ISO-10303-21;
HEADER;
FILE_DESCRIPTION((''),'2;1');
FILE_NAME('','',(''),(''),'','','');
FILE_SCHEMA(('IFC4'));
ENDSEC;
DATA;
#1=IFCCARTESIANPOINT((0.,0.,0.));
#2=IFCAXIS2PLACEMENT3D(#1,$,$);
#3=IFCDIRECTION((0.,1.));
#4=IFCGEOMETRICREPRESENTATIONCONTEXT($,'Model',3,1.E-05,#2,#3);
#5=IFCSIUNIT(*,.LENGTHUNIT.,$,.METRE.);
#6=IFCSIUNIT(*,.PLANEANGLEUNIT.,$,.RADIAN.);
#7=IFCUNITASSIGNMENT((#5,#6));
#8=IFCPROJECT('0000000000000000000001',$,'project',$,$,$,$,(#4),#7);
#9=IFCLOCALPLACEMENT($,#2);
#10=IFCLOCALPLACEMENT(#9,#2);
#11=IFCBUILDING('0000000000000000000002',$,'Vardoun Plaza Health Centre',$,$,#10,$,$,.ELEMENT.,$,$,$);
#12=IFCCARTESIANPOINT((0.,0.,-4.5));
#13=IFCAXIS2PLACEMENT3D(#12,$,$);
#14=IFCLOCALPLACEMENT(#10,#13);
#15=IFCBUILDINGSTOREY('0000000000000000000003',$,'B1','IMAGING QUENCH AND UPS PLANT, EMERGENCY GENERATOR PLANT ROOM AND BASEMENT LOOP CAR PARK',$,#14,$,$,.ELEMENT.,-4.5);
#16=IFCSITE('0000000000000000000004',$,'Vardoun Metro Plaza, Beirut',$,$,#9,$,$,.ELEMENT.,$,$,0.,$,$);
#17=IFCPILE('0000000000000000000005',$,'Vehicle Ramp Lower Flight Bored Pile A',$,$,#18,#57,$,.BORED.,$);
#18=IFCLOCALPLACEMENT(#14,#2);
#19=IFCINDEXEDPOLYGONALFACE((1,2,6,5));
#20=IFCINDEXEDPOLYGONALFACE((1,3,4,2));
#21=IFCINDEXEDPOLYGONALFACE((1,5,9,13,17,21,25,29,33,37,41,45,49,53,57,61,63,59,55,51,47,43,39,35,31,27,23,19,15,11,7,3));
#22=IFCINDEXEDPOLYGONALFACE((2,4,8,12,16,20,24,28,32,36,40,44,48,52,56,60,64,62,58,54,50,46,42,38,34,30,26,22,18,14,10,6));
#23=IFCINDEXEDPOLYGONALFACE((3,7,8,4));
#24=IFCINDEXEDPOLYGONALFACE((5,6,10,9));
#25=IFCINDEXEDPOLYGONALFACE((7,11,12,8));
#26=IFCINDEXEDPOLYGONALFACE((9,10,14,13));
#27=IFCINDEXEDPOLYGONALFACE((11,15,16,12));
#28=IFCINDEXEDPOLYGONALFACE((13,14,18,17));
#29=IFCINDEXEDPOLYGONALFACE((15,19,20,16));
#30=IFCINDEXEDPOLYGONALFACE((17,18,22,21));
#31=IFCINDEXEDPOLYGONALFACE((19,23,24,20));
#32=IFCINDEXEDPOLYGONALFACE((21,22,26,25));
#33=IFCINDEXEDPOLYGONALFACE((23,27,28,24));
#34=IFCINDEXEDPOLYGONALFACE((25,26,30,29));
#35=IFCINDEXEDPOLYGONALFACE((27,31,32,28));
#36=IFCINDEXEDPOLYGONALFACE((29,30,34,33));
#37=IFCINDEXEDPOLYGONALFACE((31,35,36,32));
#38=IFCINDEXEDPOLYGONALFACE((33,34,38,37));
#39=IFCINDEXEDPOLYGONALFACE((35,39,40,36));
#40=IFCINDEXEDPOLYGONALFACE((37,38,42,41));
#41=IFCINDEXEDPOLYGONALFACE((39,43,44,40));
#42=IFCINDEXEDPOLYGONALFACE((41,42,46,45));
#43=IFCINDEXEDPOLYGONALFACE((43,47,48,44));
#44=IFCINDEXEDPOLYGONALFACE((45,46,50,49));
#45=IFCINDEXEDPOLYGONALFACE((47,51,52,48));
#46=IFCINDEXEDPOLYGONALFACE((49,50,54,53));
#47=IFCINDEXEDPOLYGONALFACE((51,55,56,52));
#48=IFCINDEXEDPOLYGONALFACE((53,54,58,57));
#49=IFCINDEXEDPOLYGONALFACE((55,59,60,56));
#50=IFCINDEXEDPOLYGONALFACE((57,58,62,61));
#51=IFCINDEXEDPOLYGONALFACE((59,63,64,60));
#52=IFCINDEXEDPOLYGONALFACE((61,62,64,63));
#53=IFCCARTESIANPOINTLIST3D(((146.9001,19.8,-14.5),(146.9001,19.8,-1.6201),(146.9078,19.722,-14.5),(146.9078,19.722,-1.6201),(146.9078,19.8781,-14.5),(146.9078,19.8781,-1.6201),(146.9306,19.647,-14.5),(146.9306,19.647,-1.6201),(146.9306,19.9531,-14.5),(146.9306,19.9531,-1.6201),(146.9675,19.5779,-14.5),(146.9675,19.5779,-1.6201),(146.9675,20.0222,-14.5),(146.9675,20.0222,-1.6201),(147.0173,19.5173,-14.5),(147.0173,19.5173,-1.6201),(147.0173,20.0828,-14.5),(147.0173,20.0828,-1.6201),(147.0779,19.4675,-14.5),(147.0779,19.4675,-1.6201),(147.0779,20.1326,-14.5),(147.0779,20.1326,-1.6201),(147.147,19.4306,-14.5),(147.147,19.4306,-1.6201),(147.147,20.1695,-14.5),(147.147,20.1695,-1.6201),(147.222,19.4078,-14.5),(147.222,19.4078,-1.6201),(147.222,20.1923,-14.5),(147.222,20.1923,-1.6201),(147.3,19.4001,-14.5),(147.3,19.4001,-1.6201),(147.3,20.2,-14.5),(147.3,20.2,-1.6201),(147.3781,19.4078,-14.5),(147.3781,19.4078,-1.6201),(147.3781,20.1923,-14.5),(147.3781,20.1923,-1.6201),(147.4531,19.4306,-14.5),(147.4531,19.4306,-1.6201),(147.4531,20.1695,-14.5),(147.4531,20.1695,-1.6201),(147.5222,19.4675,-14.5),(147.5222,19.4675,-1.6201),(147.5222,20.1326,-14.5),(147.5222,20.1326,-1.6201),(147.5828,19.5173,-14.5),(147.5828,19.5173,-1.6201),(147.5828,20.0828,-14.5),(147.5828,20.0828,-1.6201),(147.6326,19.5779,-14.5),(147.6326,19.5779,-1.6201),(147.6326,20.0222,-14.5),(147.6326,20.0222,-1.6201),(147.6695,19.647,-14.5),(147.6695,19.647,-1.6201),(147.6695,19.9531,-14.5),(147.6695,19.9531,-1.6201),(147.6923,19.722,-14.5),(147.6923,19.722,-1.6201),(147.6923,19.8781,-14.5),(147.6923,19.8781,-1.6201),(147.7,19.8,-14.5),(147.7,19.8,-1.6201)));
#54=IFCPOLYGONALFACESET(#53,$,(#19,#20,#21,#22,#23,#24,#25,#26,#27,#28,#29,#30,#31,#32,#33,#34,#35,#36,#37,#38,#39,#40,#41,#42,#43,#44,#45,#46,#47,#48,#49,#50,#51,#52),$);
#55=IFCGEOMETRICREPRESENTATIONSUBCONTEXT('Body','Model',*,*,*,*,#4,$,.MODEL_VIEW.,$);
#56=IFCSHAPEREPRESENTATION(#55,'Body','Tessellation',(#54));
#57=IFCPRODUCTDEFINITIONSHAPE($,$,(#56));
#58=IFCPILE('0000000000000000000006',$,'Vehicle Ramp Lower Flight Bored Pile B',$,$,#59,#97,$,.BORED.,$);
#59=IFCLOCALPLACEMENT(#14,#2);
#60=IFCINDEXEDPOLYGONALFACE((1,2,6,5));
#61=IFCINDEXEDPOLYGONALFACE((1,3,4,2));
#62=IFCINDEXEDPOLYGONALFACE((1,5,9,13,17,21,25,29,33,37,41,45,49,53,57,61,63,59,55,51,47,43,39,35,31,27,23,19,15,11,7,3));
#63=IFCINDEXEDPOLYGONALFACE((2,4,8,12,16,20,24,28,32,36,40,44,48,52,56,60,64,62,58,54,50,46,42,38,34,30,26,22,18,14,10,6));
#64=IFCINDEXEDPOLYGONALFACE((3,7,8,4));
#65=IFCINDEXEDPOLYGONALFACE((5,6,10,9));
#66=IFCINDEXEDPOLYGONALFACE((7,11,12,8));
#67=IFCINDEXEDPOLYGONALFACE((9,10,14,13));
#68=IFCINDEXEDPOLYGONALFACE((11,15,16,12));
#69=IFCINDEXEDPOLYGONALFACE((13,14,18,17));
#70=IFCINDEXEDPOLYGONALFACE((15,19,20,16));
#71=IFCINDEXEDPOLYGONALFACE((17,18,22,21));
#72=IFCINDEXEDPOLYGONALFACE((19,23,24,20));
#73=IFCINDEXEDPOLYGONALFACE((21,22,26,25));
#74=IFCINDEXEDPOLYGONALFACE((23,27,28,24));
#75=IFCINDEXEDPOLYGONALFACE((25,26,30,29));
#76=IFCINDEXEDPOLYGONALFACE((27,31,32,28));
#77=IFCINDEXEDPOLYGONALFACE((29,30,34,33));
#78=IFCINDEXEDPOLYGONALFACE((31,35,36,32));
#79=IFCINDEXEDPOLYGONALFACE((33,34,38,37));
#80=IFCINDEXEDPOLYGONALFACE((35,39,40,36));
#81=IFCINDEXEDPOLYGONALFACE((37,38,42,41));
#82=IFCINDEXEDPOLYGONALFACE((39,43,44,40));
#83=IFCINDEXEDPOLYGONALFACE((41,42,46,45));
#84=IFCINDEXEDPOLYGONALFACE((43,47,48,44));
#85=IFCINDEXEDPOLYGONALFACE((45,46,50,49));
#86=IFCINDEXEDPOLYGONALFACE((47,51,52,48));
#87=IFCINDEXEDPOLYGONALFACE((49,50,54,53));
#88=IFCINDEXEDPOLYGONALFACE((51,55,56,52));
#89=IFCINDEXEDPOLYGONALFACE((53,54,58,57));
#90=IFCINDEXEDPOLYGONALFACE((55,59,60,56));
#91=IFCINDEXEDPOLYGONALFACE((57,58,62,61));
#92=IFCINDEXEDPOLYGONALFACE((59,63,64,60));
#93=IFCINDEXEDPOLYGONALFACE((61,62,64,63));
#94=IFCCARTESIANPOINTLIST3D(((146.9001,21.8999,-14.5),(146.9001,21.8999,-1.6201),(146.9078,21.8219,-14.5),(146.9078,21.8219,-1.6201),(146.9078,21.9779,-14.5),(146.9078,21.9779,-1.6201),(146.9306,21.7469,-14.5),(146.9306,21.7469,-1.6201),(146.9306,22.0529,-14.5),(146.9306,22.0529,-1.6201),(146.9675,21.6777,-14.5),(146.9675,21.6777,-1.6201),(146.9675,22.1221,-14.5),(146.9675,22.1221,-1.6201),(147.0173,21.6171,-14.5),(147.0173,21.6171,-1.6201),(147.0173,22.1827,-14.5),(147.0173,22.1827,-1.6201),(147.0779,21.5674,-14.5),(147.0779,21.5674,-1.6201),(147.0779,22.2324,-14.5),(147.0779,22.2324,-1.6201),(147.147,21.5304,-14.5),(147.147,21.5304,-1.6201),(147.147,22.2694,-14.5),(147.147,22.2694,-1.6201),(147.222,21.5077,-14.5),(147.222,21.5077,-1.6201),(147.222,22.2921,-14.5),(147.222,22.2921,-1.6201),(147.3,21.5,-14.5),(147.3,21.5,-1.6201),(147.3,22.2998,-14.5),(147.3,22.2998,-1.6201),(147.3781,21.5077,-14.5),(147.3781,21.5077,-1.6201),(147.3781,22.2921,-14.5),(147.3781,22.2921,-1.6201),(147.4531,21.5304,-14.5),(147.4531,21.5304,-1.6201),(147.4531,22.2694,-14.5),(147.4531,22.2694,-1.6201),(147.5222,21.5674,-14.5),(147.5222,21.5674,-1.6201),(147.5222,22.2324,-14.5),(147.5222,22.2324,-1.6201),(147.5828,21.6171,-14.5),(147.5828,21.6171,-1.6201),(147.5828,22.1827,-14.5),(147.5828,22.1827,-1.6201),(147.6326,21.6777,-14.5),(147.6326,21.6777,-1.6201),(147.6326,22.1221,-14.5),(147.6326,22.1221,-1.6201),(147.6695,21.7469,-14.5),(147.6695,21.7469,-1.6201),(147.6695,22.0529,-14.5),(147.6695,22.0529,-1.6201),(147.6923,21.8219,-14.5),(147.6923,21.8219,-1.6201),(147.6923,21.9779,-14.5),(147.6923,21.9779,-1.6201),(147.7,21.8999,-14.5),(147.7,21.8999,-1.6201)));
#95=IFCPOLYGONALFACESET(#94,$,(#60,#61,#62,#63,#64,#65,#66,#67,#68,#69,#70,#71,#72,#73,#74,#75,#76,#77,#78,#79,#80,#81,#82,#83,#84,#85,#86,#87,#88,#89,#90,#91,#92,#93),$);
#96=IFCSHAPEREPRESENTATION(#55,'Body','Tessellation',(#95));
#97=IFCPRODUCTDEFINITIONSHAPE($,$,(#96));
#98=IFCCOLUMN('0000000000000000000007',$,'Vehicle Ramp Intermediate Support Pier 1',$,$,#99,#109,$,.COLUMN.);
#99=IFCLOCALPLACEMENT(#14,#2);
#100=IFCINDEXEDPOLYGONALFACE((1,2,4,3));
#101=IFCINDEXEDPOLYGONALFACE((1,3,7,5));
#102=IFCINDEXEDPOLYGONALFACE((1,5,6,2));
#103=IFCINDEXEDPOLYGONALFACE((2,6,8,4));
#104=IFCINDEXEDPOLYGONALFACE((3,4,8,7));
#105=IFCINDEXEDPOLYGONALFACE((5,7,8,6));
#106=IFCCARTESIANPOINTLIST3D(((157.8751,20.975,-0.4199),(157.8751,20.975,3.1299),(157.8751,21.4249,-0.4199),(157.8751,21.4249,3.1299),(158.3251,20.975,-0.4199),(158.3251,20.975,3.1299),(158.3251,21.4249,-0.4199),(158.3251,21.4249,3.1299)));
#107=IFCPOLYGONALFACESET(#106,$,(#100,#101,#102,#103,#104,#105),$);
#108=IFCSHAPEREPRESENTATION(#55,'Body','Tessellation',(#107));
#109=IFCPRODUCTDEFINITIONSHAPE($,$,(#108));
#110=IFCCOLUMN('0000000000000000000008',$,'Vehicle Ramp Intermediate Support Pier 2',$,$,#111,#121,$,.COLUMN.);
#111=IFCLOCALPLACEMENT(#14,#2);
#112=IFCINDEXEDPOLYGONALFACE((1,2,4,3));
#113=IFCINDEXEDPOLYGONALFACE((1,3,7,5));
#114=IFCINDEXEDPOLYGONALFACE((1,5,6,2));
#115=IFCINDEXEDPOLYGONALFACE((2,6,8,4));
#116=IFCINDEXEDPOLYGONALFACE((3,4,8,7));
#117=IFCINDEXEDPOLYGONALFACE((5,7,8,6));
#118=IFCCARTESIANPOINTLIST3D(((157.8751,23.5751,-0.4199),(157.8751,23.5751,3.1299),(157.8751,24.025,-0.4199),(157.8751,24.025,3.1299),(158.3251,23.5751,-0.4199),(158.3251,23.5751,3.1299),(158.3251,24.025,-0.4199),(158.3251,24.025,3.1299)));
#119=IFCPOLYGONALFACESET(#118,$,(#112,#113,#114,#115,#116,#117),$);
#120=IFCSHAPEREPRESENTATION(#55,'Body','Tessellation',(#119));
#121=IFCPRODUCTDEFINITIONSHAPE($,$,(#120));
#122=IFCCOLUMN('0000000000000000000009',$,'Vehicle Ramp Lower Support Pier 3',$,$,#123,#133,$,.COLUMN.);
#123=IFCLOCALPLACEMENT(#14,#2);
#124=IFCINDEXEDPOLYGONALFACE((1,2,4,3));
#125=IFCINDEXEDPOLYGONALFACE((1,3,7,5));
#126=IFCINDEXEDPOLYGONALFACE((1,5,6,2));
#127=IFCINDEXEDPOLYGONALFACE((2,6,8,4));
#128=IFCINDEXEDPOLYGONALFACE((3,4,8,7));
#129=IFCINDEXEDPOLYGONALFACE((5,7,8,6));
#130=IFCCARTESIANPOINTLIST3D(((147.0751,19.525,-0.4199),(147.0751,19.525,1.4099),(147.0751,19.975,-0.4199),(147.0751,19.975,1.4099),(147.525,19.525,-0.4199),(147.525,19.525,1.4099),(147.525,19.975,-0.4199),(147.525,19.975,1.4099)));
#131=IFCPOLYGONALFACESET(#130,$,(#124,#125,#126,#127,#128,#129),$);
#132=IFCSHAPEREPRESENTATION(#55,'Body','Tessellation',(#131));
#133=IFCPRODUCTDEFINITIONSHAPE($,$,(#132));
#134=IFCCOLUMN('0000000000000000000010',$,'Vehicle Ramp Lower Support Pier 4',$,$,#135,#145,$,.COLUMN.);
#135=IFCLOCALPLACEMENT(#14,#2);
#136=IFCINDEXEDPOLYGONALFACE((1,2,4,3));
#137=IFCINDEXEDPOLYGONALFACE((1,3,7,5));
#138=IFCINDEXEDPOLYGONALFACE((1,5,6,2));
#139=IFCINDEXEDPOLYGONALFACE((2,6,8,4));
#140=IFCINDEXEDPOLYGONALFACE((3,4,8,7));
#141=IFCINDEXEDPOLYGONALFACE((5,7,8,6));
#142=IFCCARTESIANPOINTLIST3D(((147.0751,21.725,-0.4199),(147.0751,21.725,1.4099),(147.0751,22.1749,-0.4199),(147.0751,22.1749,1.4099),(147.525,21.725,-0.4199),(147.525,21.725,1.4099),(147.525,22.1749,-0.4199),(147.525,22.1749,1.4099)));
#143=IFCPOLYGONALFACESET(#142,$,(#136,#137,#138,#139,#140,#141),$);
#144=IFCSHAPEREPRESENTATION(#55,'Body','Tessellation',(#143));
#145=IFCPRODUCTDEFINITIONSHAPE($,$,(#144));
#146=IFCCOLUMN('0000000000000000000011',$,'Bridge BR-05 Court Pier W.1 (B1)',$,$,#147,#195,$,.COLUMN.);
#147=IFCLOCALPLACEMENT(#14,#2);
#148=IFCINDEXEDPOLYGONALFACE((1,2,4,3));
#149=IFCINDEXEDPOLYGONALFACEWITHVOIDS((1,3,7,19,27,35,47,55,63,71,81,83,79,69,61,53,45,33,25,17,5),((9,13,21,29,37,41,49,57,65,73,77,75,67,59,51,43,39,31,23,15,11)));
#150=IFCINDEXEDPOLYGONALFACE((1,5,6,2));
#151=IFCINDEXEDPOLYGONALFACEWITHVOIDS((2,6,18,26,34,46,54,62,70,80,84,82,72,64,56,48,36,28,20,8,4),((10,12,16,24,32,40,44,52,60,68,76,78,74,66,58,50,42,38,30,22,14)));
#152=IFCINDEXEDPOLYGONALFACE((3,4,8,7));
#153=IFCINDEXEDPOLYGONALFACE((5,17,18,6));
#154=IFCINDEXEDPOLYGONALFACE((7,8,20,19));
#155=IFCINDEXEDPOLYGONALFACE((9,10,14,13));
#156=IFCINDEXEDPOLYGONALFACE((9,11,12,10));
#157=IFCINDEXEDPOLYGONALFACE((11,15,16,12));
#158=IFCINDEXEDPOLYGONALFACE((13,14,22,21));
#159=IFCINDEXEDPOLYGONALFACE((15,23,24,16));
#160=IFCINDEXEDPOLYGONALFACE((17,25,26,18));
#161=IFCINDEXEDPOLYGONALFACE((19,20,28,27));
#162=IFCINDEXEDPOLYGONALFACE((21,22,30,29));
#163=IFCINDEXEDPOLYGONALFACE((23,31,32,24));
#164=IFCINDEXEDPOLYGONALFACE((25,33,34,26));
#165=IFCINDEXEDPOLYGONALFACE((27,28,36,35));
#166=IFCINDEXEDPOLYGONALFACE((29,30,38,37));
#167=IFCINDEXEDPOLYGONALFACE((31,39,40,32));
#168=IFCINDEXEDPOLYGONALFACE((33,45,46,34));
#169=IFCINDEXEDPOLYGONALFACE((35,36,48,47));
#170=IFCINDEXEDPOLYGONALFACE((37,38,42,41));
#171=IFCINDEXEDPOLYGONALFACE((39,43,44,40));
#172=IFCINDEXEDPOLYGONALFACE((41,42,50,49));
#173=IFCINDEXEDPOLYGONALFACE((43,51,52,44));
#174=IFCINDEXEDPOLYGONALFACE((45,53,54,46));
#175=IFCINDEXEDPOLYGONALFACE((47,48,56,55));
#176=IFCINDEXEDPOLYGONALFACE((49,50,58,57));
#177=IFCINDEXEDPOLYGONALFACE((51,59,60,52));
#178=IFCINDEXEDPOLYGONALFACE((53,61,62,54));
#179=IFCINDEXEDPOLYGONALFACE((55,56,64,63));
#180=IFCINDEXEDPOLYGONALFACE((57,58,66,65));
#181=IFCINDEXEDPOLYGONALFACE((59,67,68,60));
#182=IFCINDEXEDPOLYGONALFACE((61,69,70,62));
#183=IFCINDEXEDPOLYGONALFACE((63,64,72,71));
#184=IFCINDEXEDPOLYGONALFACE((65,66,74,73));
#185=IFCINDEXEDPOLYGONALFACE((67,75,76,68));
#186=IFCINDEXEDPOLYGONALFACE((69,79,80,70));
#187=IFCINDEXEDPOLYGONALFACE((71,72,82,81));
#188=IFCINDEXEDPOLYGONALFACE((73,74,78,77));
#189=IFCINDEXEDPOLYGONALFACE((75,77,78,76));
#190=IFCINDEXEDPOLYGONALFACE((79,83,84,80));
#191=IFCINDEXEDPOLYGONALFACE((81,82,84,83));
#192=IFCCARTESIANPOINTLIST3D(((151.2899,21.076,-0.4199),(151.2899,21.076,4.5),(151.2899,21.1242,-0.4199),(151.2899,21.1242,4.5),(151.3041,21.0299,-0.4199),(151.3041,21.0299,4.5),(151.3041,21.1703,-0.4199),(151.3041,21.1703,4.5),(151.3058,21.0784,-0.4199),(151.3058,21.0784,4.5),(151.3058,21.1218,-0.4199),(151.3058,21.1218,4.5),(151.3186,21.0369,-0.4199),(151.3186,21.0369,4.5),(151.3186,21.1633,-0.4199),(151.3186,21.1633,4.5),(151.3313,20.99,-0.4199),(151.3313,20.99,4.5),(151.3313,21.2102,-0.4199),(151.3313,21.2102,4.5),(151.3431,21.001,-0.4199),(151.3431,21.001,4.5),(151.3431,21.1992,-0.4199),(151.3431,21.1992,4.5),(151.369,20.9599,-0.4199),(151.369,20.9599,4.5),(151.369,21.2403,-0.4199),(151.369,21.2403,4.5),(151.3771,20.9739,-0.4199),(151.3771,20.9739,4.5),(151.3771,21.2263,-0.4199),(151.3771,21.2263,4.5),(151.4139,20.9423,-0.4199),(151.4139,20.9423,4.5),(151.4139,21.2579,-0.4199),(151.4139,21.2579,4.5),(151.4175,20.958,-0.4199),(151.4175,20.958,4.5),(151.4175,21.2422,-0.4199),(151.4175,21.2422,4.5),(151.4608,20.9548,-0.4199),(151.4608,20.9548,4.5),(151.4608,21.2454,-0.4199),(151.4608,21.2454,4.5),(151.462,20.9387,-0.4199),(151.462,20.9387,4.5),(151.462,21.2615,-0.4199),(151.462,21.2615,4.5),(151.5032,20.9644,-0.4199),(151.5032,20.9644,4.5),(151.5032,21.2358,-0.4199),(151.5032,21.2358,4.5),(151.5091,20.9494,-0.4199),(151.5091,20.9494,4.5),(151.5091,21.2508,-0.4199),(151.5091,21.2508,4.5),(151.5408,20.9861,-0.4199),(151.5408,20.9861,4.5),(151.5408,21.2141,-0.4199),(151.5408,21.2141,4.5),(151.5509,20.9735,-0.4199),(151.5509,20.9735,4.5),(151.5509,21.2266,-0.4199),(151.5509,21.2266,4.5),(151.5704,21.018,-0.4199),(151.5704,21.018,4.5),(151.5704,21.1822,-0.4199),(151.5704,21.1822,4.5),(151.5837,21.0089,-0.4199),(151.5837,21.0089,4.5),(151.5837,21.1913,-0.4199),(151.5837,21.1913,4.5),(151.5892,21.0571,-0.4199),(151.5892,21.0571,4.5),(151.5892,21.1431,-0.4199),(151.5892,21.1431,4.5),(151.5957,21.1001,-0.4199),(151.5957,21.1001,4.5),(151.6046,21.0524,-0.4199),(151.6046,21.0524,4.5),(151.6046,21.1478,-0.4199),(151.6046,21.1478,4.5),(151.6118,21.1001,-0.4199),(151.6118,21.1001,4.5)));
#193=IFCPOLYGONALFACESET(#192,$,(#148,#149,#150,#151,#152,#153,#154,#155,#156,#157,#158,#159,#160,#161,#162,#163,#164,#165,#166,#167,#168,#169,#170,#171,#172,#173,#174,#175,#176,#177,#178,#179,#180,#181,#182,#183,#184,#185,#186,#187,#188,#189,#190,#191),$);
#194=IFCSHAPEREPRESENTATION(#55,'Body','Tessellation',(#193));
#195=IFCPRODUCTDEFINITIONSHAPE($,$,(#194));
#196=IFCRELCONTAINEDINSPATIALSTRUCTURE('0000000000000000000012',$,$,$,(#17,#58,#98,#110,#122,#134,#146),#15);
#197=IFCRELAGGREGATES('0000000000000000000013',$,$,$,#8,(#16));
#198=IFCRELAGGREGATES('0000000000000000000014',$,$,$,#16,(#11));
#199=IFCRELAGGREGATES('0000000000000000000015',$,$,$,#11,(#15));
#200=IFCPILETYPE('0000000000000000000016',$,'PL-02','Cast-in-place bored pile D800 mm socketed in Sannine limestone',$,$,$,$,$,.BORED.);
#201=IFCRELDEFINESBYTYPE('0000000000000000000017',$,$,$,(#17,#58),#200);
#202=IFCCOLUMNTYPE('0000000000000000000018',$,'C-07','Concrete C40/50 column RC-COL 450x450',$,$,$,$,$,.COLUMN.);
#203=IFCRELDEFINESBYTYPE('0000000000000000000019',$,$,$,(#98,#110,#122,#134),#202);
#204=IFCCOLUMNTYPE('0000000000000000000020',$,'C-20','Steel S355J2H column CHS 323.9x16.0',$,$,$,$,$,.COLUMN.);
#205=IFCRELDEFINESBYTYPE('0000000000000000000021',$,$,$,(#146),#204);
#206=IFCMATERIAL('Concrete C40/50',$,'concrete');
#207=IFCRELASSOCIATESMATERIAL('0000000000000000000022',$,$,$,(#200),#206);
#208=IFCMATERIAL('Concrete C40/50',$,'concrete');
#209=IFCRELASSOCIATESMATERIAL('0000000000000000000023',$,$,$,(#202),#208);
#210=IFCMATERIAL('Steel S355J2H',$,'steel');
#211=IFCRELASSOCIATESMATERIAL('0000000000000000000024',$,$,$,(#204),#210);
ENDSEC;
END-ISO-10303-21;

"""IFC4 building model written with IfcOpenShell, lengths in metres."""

from ifc_helpers import new_model, si_unit, direction, frame, origin, origin_2d, place, context, subcontext, project, spatial, rectangle, circle, hollow_circle, extrude, material, material_profile, profile_set, type_object, element, save


model = new_model("IFC4")

# Units and contexts
model_context = context("Model", 3, precision=1e-05, world=origin(), true_north=direction((0.0, 1.0)))
body_context = subcontext(model_context, "Body", "Model", "MODEL_VIEW")
ifc_project = project(units=[si_unit("LENGTHUNIT", "METRE"), si_unit("PLANEANGLEUNIT", "RADIAN")], contexts=[model_context])

# Site, building, storey
site_placement = place(None, origin())
site = spatial("IfcSite", under=ifc_project, at=site_placement, Name="Vardoun Metro Plaza, Beirut", CompositionType="ELEMENT", RefElevation=0.0)
building_placement = place(site_placement, origin())
building = spatial("IfcBuilding", under=site, at=building_placement, Name="Vardoun Plaza Health Centre", CompositionType="ELEMENT")
storey_placement = place(building_placement, frame((0.0, 0.0, -4.5)))
storey = spatial("IfcBuildingStorey", under=building, at=storey_placement, Name="B1", Description="IMAGING QUENCH AND UPS PLANT, EMERGENCY GENERATOR PLANT ROOM AND BASEMENT LOOP CAR PARK", CompositionType="ELEMENT", Elevation=-4.5)

# Piles
ifc_material_1 = material(Name="Concrete C40/50", Category="concrete")
ifc_material_profile_1 = material_profile(ifc_material_1, circle(Radius=0.3999, at=origin_2d()), Name="PILE D800")
ifc_profile_set_1 = profile_set([ifc_material_profile_1], Name="Concrete C40/50")
pile_type = type_object("IfcPileType", Name="PL-02", Description="Cast-in-place bored pile D800 mm socketed in Sannine limestone", PredefinedType="BORED", material=ifc_profile_set_1)
for number, where, z_axis, x_axis, name in (
    (1, (147.3, 19.8, -1.6201), (0.0, 0.0, -1.0), (1.0, 0.0, 0.0), "Vehicle Ramp Lower Flight Bored Pile A"),
    (2, (147.3, 21.8999, -1.6201), (0.0, 0.0, -1.0), (1.0, 0.0, 0.0), "Vehicle Ramp Lower Flight Bored Pile B"),
):
    element("IfcPile", number, at=place(storey_placement, frame(where, z_axis=z_axis, x_axis=x_axis)), inside=storey, type_object=pile_type, Name=name, PredefinedType="BORED", context=body_context, shape_type="SweptSolid", body=[
        extrude(circle(Radius=0.3999, at=origin_2d()), origin(), (0.0, 0.0, 1.0), 12.8799),
    ])

# Columns
ifc_material_2 = material(Name="Concrete C40/50", Category="concrete")
ifc_material_profile_2 = material_profile(ifc_material_2, rectangle(XDim=0.45, YDim=0.45, at=origin_2d()), Name="RC-COL 450x450")
ifc_profile_set_2 = profile_set([ifc_material_profile_2], Name="Concrete C40/50")
column_type_1 = type_object("IfcColumnType", Name="C-07", Description="Concrete C40/50 column RC-COL 450x450", PredefinedType="COLUMN", material=ifc_profile_set_2)
for number, where, z_axis, x_axis, name in (
    (3, (158.1001, 21.2, -0.4199), (0.0, 0.0, 1.0), (1.0, 0.0, 0.0), "Vehicle Ramp Intermediate Support Pier 1"),
    (4, (158.1001, 23.8, -0.4199), (0.0, 0.0, 1.0), (1.0, 0.0, 0.0), "Vehicle Ramp Intermediate Support Pier 2"),
):
    element("IfcColumn", number, at=place(storey_placement, frame(where, z_axis=z_axis, x_axis=x_axis)), inside=storey, type_object=column_type_1, Name=name, PredefinedType="COLUMN", context=body_context, shape_type="SweptSolid", body=[
        extrude(rectangle(XDim=0.45, YDim=0.45, at=origin_2d()), origin(), (0.0, 0.0, 1.0), 3.5498),
    ])
for number, where, z_axis, x_axis, name in (
    (5, (147.3, 19.75, -0.4199), (0.0, 0.0, 1.0), (1.0, 0.0, 0.0), "Vehicle Ramp Lower Support Pier 3"),
    (6, (147.3, 21.95, -0.4199), (0.0, 0.0, 1.0), (1.0, 0.0, 0.0), "Vehicle Ramp Lower Support Pier 4"),
):
    element("IfcColumn", number, at=place(storey_placement, frame(where, z_axis=z_axis, x_axis=x_axis)), inside=storey, type_object=column_type_1, Name=name, PredefinedType="COLUMN", context=body_context, shape_type="SweptSolid", body=[
        extrude(rectangle(XDim=0.45, YDim=0.45, at=origin_2d()), origin(), (0.0, 0.0, 1.0), 1.8298),
    ])
ifc_material_3 = material(Name="Steel S355J2H", Category="steel")
ifc_material_profile_3 = material_profile(ifc_material_3, hollow_circle(Radius=0.1619, WallThickness=0.0161, at=origin_2d()), Name="CHS 323.9x16.0")
ifc_profile_set_3 = profile_set([ifc_material_profile_3], Name="Steel S355J2H")
column_type_2 = type_object("IfcColumnType", Name="C-20", Description="Steel S355J2H column CHS 323.9x16.0", PredefinedType="COLUMN", material=ifc_profile_set_3)
for number, where, z_axis, x_axis, name in (
    (7, (151.45, 21.1001, -0.4199), (0.0, 0.0, 1.0), (1.0, 0.0, 0.0), "Bridge BR-05 Court Pier W.1 (B1)"),
):
    element("IfcColumn", number, at=place(storey_placement, frame(where, z_axis=z_axis, x_axis=x_axis)), inside=storey, type_object=column_type_2, Name=name, PredefinedType="COLUMN", context=body_context, shape_type="SweptSolid", body=[
        extrude(hollow_circle(Radius=0.1619, WallThickness=0.0161, at=origin_2d()), origin(), (0.0, 0.0, 1.0), 4.9199),
    ])

save(model, "model.ifc")
